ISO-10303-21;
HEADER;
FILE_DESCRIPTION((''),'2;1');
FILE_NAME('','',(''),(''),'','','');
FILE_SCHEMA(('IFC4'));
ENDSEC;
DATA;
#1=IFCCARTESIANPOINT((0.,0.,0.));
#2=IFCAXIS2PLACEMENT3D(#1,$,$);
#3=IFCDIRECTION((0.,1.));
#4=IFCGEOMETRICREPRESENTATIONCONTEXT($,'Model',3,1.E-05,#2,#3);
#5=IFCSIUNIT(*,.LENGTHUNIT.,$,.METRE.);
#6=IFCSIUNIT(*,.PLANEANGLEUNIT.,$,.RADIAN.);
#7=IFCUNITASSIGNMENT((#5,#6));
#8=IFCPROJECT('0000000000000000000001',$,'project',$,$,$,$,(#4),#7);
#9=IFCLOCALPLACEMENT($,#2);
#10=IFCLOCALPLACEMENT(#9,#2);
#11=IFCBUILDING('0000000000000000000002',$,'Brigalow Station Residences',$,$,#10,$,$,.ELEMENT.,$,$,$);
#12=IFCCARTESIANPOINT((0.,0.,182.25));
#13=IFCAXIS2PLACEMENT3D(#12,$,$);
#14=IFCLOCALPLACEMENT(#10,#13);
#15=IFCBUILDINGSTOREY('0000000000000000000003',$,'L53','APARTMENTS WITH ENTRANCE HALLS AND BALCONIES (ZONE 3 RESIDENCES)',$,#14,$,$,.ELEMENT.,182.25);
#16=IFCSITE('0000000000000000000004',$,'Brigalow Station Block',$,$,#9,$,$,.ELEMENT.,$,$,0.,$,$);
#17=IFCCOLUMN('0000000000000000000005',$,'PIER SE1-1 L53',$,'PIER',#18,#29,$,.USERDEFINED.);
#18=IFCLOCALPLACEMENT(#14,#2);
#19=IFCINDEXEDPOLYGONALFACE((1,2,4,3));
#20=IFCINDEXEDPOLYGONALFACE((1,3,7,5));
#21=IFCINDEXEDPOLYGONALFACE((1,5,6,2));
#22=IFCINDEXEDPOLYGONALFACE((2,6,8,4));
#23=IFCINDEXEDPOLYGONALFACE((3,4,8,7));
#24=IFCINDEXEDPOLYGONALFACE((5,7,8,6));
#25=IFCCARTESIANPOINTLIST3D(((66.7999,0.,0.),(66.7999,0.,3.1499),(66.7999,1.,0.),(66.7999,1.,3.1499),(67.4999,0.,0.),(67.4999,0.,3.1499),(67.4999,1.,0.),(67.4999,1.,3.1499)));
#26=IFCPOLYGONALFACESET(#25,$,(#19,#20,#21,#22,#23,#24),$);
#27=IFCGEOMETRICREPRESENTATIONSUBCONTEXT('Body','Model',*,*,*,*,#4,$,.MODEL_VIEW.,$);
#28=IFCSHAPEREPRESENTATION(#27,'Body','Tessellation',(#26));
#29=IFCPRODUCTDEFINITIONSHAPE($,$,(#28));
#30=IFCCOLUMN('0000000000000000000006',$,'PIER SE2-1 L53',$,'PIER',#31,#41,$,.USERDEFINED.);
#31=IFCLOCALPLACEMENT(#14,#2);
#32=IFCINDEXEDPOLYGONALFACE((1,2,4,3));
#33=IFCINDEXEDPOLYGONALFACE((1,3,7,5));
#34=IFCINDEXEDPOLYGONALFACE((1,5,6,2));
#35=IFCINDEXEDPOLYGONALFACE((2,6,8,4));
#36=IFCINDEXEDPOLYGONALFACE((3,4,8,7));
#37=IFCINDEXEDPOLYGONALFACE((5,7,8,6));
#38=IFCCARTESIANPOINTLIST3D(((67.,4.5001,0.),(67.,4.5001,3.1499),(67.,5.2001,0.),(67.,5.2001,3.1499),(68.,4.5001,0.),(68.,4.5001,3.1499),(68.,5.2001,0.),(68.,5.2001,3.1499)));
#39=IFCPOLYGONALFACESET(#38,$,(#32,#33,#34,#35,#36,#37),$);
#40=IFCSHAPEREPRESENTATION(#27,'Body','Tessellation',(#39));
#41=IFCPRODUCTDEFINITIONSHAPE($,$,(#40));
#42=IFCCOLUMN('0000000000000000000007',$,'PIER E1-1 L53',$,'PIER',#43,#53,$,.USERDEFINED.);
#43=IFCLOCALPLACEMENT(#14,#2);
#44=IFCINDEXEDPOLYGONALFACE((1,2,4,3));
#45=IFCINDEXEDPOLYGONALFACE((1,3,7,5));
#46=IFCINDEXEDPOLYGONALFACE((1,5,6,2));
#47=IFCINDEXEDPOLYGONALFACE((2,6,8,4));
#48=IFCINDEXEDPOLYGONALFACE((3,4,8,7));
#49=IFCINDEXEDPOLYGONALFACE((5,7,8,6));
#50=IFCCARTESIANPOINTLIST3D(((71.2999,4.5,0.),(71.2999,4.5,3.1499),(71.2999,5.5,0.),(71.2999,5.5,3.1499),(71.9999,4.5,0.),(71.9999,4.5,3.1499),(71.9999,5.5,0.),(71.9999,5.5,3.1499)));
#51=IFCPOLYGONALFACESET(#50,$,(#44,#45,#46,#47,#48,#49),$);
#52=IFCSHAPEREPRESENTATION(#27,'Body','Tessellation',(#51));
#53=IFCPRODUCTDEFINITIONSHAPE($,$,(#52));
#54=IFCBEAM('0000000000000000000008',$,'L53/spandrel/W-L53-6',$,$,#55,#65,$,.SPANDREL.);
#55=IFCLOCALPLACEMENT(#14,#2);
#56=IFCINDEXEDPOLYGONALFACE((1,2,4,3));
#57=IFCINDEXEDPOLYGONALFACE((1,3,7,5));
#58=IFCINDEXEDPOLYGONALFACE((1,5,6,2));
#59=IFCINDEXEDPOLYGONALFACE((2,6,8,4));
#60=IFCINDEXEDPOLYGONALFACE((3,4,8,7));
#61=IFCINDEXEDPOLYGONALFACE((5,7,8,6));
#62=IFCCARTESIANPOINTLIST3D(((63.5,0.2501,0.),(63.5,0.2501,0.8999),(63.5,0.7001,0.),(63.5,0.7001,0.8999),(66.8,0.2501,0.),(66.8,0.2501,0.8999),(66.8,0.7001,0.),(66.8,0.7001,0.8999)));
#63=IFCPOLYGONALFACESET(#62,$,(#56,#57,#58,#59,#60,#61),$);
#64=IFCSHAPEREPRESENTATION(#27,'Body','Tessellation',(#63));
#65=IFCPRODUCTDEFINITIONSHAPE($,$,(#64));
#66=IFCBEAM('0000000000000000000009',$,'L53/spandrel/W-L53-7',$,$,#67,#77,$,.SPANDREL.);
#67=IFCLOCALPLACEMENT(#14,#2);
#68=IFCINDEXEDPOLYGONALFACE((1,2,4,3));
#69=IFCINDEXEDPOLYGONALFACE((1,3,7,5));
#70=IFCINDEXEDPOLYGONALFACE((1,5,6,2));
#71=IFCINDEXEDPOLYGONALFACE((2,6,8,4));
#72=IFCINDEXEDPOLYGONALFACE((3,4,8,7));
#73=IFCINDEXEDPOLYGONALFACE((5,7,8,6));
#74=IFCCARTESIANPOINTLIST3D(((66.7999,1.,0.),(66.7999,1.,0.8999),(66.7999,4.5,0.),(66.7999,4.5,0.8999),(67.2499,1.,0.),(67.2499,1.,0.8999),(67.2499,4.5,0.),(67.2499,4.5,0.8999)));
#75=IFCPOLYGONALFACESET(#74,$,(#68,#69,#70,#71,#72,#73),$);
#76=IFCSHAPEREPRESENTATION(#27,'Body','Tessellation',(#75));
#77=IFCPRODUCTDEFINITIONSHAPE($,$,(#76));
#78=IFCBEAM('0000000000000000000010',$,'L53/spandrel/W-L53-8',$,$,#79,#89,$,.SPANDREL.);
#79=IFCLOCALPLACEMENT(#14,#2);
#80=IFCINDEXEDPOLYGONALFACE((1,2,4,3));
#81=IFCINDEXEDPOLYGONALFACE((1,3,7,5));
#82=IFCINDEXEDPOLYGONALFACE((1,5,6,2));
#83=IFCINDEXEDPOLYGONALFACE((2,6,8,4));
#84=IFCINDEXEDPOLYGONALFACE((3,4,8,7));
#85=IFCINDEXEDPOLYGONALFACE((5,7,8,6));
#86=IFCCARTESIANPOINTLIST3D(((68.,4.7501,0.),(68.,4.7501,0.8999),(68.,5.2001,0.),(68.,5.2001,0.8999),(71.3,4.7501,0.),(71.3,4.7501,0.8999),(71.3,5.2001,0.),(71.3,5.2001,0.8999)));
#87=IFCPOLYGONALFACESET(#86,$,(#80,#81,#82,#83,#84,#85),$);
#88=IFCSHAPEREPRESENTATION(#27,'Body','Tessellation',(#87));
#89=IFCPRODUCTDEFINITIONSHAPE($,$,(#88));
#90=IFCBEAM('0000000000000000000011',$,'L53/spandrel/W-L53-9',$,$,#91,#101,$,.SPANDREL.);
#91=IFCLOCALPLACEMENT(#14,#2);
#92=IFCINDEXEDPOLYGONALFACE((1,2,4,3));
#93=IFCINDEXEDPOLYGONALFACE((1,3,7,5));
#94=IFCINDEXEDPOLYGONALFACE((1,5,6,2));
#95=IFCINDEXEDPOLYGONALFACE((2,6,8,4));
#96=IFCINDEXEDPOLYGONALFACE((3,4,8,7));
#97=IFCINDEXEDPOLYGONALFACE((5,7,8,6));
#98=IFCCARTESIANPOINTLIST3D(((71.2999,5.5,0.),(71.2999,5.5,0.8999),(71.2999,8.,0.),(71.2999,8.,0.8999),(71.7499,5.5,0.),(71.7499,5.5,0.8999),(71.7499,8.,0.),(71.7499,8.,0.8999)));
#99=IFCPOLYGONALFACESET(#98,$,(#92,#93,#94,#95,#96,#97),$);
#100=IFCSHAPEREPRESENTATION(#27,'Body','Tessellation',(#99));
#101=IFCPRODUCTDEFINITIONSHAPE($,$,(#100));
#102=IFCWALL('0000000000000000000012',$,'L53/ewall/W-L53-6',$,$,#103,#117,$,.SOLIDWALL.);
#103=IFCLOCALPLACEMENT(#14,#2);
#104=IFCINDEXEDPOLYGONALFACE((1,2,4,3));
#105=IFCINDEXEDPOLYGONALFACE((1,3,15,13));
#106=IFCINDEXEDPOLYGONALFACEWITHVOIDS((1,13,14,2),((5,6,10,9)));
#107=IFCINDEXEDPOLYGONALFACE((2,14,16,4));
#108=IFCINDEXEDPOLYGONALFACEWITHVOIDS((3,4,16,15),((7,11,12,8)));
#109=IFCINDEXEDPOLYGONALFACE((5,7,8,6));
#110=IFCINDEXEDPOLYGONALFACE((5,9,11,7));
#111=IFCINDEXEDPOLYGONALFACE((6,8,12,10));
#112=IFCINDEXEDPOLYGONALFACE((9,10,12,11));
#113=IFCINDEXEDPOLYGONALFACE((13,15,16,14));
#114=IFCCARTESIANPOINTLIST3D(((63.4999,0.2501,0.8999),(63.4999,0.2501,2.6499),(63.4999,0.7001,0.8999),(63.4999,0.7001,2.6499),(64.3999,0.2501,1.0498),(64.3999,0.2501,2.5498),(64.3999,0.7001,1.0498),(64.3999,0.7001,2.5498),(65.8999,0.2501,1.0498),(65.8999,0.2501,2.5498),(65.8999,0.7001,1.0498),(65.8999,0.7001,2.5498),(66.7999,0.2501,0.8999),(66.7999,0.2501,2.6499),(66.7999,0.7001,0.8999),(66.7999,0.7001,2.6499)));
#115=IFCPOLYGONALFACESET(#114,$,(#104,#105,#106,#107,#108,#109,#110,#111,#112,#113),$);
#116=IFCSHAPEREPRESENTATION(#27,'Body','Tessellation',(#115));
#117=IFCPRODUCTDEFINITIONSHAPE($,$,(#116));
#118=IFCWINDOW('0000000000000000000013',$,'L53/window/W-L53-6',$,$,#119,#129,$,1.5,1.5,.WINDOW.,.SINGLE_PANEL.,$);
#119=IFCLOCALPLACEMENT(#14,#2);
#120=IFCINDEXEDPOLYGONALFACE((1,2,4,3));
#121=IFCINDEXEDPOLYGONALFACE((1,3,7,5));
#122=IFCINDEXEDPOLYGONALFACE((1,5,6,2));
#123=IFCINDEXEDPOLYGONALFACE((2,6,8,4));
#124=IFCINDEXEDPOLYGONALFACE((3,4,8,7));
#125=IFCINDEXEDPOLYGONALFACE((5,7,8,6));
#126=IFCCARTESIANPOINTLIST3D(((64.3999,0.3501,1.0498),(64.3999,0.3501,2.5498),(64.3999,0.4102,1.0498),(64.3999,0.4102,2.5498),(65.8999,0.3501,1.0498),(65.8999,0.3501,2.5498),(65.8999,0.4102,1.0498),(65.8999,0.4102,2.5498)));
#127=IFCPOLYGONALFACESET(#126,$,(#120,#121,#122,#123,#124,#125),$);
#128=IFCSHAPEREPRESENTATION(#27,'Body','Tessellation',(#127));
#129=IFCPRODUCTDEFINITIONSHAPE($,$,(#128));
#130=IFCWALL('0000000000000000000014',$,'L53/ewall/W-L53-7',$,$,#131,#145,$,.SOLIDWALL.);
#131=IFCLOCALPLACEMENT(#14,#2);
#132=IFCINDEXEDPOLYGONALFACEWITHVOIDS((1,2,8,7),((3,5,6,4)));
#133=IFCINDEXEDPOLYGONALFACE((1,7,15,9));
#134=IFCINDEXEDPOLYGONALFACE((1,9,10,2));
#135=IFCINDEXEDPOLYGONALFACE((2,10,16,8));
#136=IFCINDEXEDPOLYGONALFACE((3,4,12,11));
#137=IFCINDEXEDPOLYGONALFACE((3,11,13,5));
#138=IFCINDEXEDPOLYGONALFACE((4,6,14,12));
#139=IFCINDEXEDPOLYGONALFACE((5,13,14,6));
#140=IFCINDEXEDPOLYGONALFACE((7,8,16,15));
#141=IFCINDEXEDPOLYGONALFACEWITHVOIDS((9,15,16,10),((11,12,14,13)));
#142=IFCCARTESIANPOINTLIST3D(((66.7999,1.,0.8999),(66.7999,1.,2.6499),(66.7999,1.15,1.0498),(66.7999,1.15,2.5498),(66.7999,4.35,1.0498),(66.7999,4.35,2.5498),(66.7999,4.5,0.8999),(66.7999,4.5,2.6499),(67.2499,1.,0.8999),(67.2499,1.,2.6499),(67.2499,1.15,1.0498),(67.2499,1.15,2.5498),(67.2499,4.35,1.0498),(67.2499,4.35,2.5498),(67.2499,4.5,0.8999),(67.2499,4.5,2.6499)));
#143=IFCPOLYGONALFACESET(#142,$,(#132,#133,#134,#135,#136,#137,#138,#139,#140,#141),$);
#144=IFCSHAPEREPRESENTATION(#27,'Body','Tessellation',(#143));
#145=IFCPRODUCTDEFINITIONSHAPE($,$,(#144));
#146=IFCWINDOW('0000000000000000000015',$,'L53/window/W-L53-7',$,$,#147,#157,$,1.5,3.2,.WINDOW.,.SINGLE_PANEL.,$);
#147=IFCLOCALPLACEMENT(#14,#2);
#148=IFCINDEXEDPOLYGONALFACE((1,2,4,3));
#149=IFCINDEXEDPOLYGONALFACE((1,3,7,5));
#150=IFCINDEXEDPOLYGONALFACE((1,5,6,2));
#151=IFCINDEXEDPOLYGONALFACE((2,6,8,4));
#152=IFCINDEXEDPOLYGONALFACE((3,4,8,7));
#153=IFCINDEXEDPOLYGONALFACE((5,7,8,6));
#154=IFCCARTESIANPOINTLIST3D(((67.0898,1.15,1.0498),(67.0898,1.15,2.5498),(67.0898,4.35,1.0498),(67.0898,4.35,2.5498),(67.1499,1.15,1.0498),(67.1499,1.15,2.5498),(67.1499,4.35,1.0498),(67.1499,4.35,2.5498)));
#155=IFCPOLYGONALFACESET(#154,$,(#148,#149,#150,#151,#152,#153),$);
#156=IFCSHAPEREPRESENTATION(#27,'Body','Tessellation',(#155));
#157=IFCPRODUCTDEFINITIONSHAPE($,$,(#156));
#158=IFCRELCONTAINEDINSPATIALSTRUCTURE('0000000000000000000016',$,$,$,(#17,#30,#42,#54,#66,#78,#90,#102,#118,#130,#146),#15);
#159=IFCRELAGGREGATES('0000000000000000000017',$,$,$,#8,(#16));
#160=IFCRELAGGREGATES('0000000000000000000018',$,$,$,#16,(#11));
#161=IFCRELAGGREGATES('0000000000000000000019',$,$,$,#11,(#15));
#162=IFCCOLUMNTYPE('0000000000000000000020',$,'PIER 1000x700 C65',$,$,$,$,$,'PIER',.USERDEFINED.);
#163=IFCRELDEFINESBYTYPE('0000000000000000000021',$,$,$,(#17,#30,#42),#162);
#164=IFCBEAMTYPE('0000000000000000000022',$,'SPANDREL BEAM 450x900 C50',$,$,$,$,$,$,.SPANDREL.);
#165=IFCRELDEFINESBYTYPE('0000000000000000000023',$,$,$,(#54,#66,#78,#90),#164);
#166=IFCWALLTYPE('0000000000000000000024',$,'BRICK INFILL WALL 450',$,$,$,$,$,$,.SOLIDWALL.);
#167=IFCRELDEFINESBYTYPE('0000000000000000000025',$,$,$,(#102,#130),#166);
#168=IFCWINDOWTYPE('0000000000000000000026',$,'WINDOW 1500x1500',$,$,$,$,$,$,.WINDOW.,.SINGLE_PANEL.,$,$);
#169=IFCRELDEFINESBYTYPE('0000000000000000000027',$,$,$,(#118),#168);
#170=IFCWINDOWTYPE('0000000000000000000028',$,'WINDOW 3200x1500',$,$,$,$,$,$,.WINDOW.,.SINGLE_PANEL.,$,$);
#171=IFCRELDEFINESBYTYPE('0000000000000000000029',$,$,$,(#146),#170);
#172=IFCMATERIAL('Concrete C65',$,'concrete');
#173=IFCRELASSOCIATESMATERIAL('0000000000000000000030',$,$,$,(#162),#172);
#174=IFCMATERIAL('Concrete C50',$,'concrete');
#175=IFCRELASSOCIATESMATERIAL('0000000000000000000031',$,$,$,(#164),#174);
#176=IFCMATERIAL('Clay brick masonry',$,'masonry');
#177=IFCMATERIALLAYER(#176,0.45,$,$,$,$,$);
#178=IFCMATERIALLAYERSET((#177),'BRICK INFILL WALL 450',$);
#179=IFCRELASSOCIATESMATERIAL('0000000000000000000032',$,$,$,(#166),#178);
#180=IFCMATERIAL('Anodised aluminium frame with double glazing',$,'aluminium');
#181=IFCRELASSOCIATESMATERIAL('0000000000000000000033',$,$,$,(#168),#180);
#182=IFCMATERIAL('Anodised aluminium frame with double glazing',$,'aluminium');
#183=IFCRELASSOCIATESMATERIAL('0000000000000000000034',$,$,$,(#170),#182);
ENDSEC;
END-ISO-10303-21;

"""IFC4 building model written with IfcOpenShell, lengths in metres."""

from ifc_helpers import new_model, si_unit, direction, frame, frame_2d, origin, origin_2d, place, context, subcontext, project, spatial, rectangle, extrude, material, layer, layer_set, material_profile, profile_set, type_object, element, fill, save


model = new_model("IFC4")

# Units and contexts
model_context = context("Model", 3, precision=1e-05, world=origin(), true_north=direction((0.0, 1.0)))
body_context = subcontext(model_context, "Body", "Model", "MODEL_VIEW")
ifc_project = project(units=[si_unit("LENGTHUNIT", "METRE"), si_unit("PLANEANGLEUNIT", "RADIAN")], contexts=[model_context])

# Site, building, storey
site_placement = place(None, origin())
site = spatial("IfcSite", under=ifc_project, at=site_placement, Name="Brigalow Station Block", CompositionType="ELEMENT", RefElevation=0.0)
building_placement = place(site_placement, origin())
building = spatial("IfcBuilding", under=site, at=building_placement, Name="Brigalow Station Residences", CompositionType="ELEMENT")
storey_placement = place(building_placement, frame((0.0, 0.0, 182.25)))
storey = spatial("IfcBuildingStorey", under=building, at=storey_placement, Name="L53", Description="APARTMENTS WITH ENTRANCE HALLS AND BALCONIES (ZONE 3 RESIDENCES)", CompositionType="ELEMENT", Elevation=182.25)

# Columns
ifc_material_1 = material(Name="Concrete C65", Category="concrete")
ifc_material_profile_1 = material_profile(ifc_material_1, rectangle(XDim=1.0, YDim=0.7, at=origin_2d()), Name="RC1000x700")
ifc_profile_set_1 = profile_set([ifc_material_profile_1], Name="Concrete C65")
column_type = type_object("IfcColumnType", Name="PIER 1000x700 C65", ElementType="PIER", PredefinedType="USERDEFINED", material=ifc_profile_set_1)
for number, where, z_axis, x_axis, name in (
    (1, (67.1499, 0.5, 0.0), (0.0, 0.0, 1.0), (0.0, 1.0, 0.0), "PIER SE1-1 L53"),
    (2, (67.5, 4.8501, 0.0), (0.0, 0.0, 1.0), (1.0, 0.0, 0.0), "PIER SE2-1 L53"),
    (3, (71.6499, 5.0, 0.0), (0.0, 0.0, 1.0), (0.0, 1.0, 0.0), "PIER E1-1 L53"),
):
    element("IfcColumn", number, at=place(storey_placement, frame(where, z_axis=z_axis, x_axis=x_axis)), inside=storey, type_object=column_type, Name=name, ObjectType="PIER", PredefinedType="USERDEFINED", context=body_context, shape_type="SweptSolid", body=[
        extrude(rectangle(XDim=1.0, YDim=0.7, at=origin_2d()), origin(), (0.0, 0.0, 1.0), 3.1499),
    ])

# Beams
ifc_material_2 = material(Name="Concrete C50", Category="concrete")
ifc_material_profile_2 = material_profile(ifc_material_2, rectangle(XDim=0.45, YDim=0.8999, at=origin_2d()), Name="RC450x900")
ifc_profile_set_2 = profile_set([ifc_material_profile_2], Name="Concrete C50")
beam_type = type_object("IfcBeamType", Name="SPANDREL BEAM 450x900 C50", PredefinedType="SPANDREL", material=ifc_profile_set_2)
beam_1_placement = place(storey_placement, frame((63.5, 0.4751, 0.45), z_axis=(1.0, 0.0, 0.0), x_axis=(0.0, 1.0, 0.0)))
element("IfcBeam", 4, at=beam_1_placement, inside=storey, type_object=beam_type, Name="L53/spandrel/W-L53-6", PredefinedType="SPANDREL", context=body_context, shape_type="SweptSolid", body=[
    extrude(rectangle(XDim=0.45, YDim=0.8999, at=origin_2d()), origin(), (0.0, 0.0, 1.0), 3.3),
])
beam_2_placement = place(storey_placement, frame((67.0249, 1.0, 0.45), z_axis=(0.0, 1.0, 0.0), x_axis=(-1.0, 0.0, 0.0)))
element("IfcBeam", 5, at=beam_2_placement, inside=storey, type_object=beam_type, Name="L53/spandrel/W-L53-7", PredefinedType="SPANDREL", context=body_context, shape_type="SweptSolid", body=[
    extrude(rectangle(XDim=0.45, YDim=0.8999, at=origin_2d()), origin(), (0.0, 0.0, 1.0), 3.5),
])
beam_3_placement = place(storey_placement, frame((68.0, 4.9751, 0.45), z_axis=(1.0, 0.0, 0.0), x_axis=(0.0, 1.0, 0.0)))
element("IfcBeam", 6, at=beam_3_placement, inside=storey, type_object=beam_type, Name="L53/spandrel/W-L53-8", PredefinedType="SPANDREL", context=body_context, shape_type="SweptSolid", body=[
    extrude(rectangle(XDim=0.45, YDim=0.8999, at=origin_2d()), origin(), (0.0, 0.0, 1.0), 3.3),
])
beam_4_placement = place(storey_placement, frame((71.5249, 5.5, 0.45), z_axis=(0.0, 1.0, 0.0), x_axis=(-1.0, 0.0, 0.0)))
element("IfcBeam", 7, at=beam_4_placement, inside=storey, type_object=beam_type, Name="L53/spandrel/W-L53-9", PredefinedType="SPANDREL", context=body_context, shape_type="SweptSolid", body=[
    extrude(rectangle(XDim=0.45, YDim=0.8999, at=origin_2d()), origin(), (0.0, 0.0, 1.0), 2.5),
])

# Walls, openings, windows
ifc_material_3 = material(Name="Clay brick masonry", Category="masonry")
ifc_layer_1 = layer(ifc_material_3, 0.45)
ifc_layer_set_1 = layer_set([ifc_layer_1], Name="BRICK INFILL WALL 450")
wall_type_1 = type_object("IfcWallType", Name="BRICK INFILL WALL 450", PredefinedType="SOLIDWALL", material=ifc_layer_set_1)
wall_1_placement = place(storey_placement, frame((63.5, 0.4751, 0.8999), z_axis=(0.0, 0.0, 1.0), x_axis=(1.0, 0.0, 0.0)))
wall_1 = element("IfcWall", 8, at=wall_1_placement, inside=storey, type_object=wall_type_1, Name="L53/ewall/W-L53-6", PredefinedType="SOLIDWALL", context=body_context, shape_type="SweptSolid", body=[
    extrude(rectangle(XDim=3.3, YDim=0.45, at=frame_2d((1.6499, 0.0))), origin(), (0.0, 0.0, 1.0), 1.75),
])
opening_1_placement = place(wall_1_placement, frame((0.8999, 0.0, 0.1499)))
opening_1 = element("IfcOpeningElement", 9, at=opening_1_placement, cuts=wall_1, PredefinedType="OPENING", context=body_context, shape_type="SweptSolid", body=[
    extrude(rectangle(XDim=1.5, YDim=1.5, at=frame_2d((0.75, 0.75))), frame((0.0, 0.2349, 0.0), z_axis=(0.0, -1.0, 0.0), x_axis=(1.0, 0.0, 0.0)), (0.0, 0.0, 1.0), 0.47),
])
ifc_material_4 = material(Name="Anodised aluminium frame with double glazing", Category="aluminium")
window_type_1 = type_object("IfcWindowType", Name="WINDOW 1500x1500", PartitioningType="SINGLE_PANEL", PredefinedType="WINDOW", material=ifc_material_4)
window_1_placement = place(opening_1_placement, origin())
window_1 = element("IfcWindow", 10, at=window_1_placement, inside=storey, type_object=window_type_1, Name="L53/window/W-L53-6", OverallHeight=1.5, OverallWidth=1.5, PartitioningType="SINGLE_PANEL", PredefinedType="WINDOW", context=body_context, shape_type="SweptSolid", body=[
    extrude(rectangle(XDim=1.5, YDim=1.5, at=frame_2d((0.75, 0.75))), frame((0.0, -0.0649, 0.0), z_axis=(0.0, -1.0, 0.0), x_axis=(1.0, 0.0, 0.0)), (0.0, 0.0, 1.0), 0.0601),
])
fill(opening_1, window_1)
wall_2_placement = place(storey_placement, frame((67.0249, 1.0, 0.8999), z_axis=(0.0, 0.0, 1.0), x_axis=(0.0, 1.0, 0.0)))
wall_2 = element("IfcWall", 11, at=wall_2_placement, inside=storey, type_object=wall_type_1, Name="L53/ewall/W-L53-7", PredefinedType="SOLIDWALL", context=body_context, shape_type="SweptSolid", body=[
    extrude(rectangle(XDim=3.5, YDim=0.45, at=frame_2d((1.75, 0.0))), origin(), (0.0, 0.0, 1.0), 1.75),
])
opening_2_placement = place(wall_2_placement, frame((0.1499, 0.0, 0.1499)))
opening_2 = element("IfcOpeningElement", 12, at=opening_2_placement, cuts=wall_2, PredefinedType="OPENING", context=body_context, shape_type="SweptSolid", body=[
    extrude(rectangle(XDim=3.2, YDim=1.5, at=frame_2d((1.6001, 0.75))), frame((0.0, 0.2349, 0.0), z_axis=(0.0, -1.0, 0.0), x_axis=(1.0, 0.0, 0.0)), (0.0, 0.0, 1.0), 0.47),
])
ifc_material_5 = material(Name="Anodised aluminium frame with double glazing", Category="aluminium")
window_type_2 = type_object("IfcWindowType", Name="WINDOW 3200x1500", PartitioningType="SINGLE_PANEL", PredefinedType="WINDOW", material=ifc_material_5)
window_2_placement = place(opening_2_placement, origin())
window_2 = element("IfcWindow", 13, at=window_2_placement, inside=storey, type_object=window_type_2, Name="L53/window/W-L53-7", OverallHeight=1.5, OverallWidth=3.2, PartitioningType="SINGLE_PANEL", PredefinedType="WINDOW", context=body_context, shape_type="SweptSolid", body=[
    extrude(rectangle(XDim=3.2, YDim=1.5, at=frame_2d((1.6001, 0.75))), frame((0.0, -0.0649, 0.0), z_axis=(0.0, -1.0, 0.0), x_axis=(1.0, 0.0, 0.0)), (0.0, 0.0, 1.0), 0.0601),
])
fill(opening_2, window_2)

save(model, "model.ifc")
